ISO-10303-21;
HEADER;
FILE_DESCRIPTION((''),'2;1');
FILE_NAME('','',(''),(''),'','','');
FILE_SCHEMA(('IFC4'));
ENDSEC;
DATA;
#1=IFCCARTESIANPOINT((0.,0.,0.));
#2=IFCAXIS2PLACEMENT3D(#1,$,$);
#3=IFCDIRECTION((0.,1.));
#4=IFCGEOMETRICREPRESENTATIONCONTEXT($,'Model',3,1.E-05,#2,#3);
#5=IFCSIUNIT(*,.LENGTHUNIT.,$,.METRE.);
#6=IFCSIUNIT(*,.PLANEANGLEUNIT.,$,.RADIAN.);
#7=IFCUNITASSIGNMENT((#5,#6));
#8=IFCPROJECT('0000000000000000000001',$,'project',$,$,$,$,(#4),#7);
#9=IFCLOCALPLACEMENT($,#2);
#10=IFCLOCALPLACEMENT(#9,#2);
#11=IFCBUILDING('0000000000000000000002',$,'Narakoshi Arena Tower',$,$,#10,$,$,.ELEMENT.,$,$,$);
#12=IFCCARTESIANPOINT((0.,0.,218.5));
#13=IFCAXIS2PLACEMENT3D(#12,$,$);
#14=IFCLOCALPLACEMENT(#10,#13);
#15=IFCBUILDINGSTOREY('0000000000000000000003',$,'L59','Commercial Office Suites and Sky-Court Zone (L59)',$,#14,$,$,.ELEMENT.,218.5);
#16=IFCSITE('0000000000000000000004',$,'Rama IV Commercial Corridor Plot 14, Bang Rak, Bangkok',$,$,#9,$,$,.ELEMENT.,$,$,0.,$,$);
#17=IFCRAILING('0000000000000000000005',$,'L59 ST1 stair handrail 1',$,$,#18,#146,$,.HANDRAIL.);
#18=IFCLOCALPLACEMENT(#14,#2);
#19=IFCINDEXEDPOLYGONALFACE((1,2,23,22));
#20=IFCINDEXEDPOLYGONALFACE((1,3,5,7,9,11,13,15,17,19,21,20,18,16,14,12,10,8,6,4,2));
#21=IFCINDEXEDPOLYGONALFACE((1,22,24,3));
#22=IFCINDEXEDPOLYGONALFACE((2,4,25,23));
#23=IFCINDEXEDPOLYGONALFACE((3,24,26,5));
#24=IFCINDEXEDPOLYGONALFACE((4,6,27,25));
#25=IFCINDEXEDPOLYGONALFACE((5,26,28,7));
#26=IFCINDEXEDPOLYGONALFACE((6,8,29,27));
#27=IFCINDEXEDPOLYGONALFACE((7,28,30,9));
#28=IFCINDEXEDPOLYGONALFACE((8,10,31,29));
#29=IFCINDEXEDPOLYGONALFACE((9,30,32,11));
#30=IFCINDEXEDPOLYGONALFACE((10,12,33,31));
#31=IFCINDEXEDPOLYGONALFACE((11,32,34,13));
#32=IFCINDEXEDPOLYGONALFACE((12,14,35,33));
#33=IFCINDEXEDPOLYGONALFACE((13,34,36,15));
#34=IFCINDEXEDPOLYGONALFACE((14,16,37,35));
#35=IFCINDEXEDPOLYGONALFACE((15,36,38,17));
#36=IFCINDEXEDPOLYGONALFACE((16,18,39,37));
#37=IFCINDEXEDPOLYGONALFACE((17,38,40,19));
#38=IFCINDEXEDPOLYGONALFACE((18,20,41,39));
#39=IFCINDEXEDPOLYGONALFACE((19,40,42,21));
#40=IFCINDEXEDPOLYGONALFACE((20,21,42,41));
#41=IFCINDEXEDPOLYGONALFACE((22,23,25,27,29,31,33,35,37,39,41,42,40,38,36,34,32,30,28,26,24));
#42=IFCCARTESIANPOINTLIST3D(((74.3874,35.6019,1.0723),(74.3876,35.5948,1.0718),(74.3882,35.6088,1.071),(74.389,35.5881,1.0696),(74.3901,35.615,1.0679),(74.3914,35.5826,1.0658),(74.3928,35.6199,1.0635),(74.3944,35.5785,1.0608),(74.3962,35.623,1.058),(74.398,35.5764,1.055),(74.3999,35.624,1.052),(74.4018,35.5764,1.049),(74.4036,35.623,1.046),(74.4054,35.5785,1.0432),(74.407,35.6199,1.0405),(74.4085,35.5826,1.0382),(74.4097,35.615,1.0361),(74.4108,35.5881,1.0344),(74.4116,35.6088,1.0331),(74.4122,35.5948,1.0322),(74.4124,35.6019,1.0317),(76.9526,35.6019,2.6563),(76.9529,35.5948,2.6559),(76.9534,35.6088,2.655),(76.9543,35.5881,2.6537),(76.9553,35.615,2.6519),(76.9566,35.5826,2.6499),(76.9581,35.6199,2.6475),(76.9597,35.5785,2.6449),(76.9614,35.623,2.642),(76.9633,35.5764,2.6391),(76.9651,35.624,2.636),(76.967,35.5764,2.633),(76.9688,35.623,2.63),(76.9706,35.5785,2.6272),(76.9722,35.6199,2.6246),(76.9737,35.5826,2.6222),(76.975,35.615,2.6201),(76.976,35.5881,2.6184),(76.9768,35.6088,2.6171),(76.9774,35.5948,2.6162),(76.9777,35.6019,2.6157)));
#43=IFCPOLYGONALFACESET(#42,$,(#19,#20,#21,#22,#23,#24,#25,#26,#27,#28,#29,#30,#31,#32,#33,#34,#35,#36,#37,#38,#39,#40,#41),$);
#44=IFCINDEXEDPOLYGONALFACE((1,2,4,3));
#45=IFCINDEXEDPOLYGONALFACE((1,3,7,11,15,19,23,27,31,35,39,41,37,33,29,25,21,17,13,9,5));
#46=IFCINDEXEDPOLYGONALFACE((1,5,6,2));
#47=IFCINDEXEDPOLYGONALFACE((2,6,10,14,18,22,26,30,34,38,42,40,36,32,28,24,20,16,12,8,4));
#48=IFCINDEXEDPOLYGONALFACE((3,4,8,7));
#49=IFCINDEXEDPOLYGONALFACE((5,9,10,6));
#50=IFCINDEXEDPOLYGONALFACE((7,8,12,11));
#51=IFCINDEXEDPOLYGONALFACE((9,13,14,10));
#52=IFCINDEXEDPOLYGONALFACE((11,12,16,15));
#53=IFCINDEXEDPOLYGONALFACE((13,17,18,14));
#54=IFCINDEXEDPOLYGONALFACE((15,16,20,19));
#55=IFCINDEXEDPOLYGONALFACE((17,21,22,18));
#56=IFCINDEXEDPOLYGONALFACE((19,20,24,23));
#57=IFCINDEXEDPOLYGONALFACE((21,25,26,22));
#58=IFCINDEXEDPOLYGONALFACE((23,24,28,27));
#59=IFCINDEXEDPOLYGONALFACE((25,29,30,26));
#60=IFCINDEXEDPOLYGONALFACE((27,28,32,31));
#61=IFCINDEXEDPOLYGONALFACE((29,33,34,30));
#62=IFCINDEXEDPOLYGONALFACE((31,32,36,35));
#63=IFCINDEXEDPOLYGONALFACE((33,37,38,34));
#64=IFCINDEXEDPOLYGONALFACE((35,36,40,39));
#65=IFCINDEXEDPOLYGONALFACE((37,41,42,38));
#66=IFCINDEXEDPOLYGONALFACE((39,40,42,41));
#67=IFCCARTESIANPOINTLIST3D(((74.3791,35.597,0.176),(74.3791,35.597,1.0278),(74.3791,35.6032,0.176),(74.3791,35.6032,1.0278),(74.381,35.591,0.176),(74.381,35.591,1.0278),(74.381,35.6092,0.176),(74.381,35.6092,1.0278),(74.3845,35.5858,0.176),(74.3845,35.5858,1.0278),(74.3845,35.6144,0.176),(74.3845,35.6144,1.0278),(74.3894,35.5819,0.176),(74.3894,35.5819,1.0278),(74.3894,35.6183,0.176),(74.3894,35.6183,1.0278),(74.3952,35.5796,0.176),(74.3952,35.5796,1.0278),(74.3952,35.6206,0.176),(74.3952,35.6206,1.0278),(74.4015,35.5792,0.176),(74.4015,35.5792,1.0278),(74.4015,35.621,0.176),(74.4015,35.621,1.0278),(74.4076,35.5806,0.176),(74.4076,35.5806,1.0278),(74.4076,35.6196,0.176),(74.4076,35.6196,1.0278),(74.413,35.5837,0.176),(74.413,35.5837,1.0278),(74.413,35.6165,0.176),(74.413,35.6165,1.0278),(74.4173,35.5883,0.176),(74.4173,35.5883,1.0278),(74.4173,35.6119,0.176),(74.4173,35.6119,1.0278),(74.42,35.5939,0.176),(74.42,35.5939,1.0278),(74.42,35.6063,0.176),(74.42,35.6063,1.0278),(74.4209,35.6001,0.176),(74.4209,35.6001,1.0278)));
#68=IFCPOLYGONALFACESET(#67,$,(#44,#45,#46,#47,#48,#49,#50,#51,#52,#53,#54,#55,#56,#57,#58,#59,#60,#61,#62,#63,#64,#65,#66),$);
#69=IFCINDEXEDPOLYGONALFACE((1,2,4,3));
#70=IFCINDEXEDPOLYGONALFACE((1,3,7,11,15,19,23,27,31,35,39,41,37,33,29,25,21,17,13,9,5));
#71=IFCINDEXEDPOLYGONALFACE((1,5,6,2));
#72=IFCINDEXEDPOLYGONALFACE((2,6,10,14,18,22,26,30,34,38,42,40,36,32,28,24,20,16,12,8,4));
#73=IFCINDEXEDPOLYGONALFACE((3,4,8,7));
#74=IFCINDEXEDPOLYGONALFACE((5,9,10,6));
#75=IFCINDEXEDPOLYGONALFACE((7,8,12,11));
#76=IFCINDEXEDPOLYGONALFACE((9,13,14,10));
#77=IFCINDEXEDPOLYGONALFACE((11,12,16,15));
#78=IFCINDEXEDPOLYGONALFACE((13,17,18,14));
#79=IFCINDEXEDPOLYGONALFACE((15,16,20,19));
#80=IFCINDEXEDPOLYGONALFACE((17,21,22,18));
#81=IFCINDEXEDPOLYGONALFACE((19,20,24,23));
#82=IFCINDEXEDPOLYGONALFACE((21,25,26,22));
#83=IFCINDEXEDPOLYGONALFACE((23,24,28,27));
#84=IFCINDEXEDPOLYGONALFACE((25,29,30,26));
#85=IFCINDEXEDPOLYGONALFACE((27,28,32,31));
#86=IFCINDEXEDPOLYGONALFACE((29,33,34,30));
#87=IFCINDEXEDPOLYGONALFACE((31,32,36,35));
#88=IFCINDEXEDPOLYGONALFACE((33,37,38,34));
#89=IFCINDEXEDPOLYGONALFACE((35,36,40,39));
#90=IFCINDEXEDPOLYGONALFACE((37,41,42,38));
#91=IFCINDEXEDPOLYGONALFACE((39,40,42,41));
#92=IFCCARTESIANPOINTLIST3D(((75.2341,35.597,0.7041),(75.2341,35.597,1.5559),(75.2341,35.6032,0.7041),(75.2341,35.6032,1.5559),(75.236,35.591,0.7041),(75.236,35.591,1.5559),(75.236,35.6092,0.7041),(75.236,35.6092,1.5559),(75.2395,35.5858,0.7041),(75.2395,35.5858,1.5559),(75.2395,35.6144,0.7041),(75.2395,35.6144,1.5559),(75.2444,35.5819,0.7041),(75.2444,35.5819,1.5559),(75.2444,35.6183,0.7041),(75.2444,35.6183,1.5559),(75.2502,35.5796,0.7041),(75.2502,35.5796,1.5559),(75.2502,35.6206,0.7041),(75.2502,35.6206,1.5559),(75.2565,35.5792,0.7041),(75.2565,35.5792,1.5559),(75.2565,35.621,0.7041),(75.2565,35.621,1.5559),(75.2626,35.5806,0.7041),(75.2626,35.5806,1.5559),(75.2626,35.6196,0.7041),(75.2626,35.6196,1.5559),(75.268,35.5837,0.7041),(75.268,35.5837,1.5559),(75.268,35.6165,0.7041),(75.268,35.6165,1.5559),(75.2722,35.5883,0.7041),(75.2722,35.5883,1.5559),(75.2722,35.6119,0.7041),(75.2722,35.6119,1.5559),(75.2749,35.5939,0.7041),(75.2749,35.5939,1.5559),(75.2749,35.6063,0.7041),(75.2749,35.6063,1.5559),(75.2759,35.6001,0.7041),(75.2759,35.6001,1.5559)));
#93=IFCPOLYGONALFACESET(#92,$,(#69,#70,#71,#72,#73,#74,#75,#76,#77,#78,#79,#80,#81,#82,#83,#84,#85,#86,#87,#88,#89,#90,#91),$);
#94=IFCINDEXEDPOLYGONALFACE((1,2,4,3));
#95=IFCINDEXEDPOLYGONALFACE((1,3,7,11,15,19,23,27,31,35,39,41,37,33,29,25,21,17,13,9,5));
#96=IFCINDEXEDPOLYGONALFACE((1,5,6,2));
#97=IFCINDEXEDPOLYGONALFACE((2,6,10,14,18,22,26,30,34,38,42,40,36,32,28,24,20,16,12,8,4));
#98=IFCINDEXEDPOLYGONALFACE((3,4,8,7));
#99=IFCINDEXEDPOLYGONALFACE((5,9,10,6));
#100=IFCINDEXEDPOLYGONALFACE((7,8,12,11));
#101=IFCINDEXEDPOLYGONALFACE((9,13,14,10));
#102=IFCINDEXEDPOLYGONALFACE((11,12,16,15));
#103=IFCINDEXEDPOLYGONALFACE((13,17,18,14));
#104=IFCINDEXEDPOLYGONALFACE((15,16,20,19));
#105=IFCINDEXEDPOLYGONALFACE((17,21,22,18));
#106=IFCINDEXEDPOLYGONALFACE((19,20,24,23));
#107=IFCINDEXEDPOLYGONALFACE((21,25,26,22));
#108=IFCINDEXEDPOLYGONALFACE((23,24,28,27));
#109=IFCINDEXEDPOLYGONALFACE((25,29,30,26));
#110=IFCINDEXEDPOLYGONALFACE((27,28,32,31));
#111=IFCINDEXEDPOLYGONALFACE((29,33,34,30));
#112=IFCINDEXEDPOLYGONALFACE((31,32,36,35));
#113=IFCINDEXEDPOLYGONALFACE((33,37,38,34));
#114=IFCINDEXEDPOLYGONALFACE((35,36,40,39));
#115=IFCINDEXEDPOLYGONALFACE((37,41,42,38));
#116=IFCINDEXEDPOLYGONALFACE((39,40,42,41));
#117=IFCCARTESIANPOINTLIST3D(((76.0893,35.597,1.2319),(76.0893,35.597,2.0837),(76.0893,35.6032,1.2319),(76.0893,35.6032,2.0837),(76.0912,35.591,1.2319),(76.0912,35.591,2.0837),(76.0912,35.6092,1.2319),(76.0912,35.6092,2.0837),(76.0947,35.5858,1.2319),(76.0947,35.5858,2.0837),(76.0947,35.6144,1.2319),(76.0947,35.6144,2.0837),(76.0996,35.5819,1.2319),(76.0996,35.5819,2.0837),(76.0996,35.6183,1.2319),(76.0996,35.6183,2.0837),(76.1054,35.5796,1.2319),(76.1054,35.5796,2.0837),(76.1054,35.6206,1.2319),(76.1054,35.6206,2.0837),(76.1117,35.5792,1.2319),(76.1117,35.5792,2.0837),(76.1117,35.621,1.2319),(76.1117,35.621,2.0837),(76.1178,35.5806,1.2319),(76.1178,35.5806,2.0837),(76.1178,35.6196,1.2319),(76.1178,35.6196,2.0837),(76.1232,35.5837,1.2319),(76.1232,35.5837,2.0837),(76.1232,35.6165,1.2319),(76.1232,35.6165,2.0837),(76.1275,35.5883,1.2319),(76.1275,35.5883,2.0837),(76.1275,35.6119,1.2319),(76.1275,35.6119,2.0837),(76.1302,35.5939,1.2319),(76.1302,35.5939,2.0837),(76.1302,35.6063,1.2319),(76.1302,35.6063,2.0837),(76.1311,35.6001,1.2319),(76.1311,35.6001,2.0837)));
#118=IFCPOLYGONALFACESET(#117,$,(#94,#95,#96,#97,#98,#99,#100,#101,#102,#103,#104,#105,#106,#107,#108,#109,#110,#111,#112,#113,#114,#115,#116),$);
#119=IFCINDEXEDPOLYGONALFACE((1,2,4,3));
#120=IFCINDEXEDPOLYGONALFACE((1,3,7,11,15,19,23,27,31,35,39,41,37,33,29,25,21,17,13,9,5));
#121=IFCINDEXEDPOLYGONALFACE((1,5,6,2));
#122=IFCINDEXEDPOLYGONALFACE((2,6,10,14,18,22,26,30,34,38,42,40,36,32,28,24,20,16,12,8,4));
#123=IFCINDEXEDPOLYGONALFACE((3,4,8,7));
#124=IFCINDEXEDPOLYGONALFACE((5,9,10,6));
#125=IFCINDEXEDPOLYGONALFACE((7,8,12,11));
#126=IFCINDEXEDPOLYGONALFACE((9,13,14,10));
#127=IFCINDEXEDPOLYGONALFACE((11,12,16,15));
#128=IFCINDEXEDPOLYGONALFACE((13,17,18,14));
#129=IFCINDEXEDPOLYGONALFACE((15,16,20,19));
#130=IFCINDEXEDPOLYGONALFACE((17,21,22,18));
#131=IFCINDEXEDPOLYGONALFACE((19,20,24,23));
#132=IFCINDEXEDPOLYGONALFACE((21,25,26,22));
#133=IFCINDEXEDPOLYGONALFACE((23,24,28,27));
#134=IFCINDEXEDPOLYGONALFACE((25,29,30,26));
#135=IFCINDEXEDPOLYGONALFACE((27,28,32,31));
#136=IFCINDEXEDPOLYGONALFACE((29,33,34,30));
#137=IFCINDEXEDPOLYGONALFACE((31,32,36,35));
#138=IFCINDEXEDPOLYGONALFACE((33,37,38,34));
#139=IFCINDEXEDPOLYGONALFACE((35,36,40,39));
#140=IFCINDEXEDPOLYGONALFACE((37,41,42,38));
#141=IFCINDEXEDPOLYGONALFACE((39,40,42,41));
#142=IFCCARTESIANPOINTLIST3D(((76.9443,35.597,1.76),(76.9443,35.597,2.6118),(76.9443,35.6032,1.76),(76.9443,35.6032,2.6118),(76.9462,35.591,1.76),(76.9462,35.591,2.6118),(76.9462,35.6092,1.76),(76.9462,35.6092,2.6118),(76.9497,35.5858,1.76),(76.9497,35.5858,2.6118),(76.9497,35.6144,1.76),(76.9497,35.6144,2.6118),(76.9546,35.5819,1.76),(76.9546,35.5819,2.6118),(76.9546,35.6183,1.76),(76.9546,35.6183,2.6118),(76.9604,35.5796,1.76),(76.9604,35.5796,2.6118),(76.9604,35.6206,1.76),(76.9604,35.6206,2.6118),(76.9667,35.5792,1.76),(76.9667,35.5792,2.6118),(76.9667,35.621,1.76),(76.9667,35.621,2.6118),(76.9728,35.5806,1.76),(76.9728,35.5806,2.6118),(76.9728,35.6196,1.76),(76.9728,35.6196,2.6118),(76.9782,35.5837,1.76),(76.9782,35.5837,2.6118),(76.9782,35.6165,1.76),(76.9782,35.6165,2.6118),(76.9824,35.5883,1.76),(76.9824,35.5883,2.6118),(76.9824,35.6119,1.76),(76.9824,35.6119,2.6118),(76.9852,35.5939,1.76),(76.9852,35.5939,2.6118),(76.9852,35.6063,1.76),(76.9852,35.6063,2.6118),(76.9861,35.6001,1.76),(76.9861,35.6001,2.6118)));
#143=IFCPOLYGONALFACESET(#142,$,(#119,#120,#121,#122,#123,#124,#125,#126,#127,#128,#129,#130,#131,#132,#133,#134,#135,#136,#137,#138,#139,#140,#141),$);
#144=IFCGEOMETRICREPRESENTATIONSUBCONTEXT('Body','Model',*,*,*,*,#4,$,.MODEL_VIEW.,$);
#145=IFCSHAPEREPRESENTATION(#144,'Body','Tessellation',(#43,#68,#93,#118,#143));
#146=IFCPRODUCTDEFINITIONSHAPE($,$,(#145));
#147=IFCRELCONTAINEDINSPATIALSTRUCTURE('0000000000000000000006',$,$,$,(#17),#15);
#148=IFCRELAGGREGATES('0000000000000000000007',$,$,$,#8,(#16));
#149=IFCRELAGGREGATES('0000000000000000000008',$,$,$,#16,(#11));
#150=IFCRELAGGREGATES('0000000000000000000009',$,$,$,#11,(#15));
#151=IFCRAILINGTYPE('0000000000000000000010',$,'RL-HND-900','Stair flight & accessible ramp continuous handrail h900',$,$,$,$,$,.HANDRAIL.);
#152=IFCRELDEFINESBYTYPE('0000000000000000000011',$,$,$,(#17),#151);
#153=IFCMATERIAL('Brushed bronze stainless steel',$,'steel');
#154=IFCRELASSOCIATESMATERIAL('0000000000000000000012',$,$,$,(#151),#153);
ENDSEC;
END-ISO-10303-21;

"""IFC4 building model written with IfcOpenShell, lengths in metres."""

from ifc_helpers import new_model, si_unit, direction, frame, origin, origin_2d, place, context, subcontext, project, spatial, circle, extrude, material, type_object, element, save


model = new_model("IFC4")

# Units and contexts
model_context = context("Model", 3, precision=1e-05, world=origin(), true_north=direction((0.0, 1.0)))
body_context = subcontext(model_context, "Body", "Model", "MODEL_VIEW")
ifc_project = project(units=[si_unit("LENGTHUNIT", "METRE"), si_unit("PLANEANGLEUNIT", "RADIAN")], contexts=[model_context])

# Site, building, storey
site_placement = place(None, origin())
site = spatial("IfcSite", under=ifc_project, at=site_placement, Name="Rama IV Commercial Corridor Plot 14, Bang Rak, Bangkok", CompositionType="ELEMENT", RefElevation=0.0)
building_placement = place(site_placement, origin())
building = spatial("IfcBuilding", under=site, at=building_placement, Name="Narakoshi Arena Tower", CompositionType="ELEMENT")
storey_placement = place(building_placement, frame((0.0, 0.0, 218.5)))
storey = spatial("IfcBuildingStorey", under=building, at=storey_placement, Name="L59", Description="Commercial Office Suites and Sky-Court Zone (L59)", CompositionType="ELEMENT", Elevation=218.5)

# Railing
ifc_material_1 = material(Name="Brushed bronze stainless steel", Category="steel")
railing_type_1 = type_object("IfcRailingType", Name="RL-HND-900", Description="Stair flight & accessible ramp continuous handrail h900", PredefinedType="HANDRAIL", material=ifc_material_1)
railing_1_placement = place(storey_placement, frame((74.3999, 35.6001, 0.176)))
element("IfcRailing", 1, at=railing_1_placement, inside=storey, type_object=railing_type_1, Name="L59 ST1 stair handrail 1", PredefinedType="HANDRAIL", context=body_context, shape_type="SweptSolid", body=[
    extrude(circle(Radius=0.0239, at=origin_2d()), frame((0.0, 0.0, 0.876), z_axis=(0.850857, 0.0, 0.525398), x_axis=(0.0, 1.0, 0.0)), (0.0, 0.0, 1.0), 3.0149),
    extrude(circle(Radius=0.021, at=origin_2d()), origin(), (0.0, 0.0, 1.0), 0.8518),
    extrude(circle(Radius=0.021, at=origin_2d()), frame((0.855, 0.0, 0.5281)), (0.0, 0.0, 1.0), 0.8518),
    extrude(circle(Radius=0.021, at=origin_2d()), frame((1.7102, 0.0, 1.0559)), (0.0, 0.0, 1.0), 0.8518),
    extrude(circle(Radius=0.021, at=origin_2d()), frame((2.5652, 0.0, 1.584)), (0.0, 0.0, 1.0), 0.8518),
])

save(model, "model.ifc")
